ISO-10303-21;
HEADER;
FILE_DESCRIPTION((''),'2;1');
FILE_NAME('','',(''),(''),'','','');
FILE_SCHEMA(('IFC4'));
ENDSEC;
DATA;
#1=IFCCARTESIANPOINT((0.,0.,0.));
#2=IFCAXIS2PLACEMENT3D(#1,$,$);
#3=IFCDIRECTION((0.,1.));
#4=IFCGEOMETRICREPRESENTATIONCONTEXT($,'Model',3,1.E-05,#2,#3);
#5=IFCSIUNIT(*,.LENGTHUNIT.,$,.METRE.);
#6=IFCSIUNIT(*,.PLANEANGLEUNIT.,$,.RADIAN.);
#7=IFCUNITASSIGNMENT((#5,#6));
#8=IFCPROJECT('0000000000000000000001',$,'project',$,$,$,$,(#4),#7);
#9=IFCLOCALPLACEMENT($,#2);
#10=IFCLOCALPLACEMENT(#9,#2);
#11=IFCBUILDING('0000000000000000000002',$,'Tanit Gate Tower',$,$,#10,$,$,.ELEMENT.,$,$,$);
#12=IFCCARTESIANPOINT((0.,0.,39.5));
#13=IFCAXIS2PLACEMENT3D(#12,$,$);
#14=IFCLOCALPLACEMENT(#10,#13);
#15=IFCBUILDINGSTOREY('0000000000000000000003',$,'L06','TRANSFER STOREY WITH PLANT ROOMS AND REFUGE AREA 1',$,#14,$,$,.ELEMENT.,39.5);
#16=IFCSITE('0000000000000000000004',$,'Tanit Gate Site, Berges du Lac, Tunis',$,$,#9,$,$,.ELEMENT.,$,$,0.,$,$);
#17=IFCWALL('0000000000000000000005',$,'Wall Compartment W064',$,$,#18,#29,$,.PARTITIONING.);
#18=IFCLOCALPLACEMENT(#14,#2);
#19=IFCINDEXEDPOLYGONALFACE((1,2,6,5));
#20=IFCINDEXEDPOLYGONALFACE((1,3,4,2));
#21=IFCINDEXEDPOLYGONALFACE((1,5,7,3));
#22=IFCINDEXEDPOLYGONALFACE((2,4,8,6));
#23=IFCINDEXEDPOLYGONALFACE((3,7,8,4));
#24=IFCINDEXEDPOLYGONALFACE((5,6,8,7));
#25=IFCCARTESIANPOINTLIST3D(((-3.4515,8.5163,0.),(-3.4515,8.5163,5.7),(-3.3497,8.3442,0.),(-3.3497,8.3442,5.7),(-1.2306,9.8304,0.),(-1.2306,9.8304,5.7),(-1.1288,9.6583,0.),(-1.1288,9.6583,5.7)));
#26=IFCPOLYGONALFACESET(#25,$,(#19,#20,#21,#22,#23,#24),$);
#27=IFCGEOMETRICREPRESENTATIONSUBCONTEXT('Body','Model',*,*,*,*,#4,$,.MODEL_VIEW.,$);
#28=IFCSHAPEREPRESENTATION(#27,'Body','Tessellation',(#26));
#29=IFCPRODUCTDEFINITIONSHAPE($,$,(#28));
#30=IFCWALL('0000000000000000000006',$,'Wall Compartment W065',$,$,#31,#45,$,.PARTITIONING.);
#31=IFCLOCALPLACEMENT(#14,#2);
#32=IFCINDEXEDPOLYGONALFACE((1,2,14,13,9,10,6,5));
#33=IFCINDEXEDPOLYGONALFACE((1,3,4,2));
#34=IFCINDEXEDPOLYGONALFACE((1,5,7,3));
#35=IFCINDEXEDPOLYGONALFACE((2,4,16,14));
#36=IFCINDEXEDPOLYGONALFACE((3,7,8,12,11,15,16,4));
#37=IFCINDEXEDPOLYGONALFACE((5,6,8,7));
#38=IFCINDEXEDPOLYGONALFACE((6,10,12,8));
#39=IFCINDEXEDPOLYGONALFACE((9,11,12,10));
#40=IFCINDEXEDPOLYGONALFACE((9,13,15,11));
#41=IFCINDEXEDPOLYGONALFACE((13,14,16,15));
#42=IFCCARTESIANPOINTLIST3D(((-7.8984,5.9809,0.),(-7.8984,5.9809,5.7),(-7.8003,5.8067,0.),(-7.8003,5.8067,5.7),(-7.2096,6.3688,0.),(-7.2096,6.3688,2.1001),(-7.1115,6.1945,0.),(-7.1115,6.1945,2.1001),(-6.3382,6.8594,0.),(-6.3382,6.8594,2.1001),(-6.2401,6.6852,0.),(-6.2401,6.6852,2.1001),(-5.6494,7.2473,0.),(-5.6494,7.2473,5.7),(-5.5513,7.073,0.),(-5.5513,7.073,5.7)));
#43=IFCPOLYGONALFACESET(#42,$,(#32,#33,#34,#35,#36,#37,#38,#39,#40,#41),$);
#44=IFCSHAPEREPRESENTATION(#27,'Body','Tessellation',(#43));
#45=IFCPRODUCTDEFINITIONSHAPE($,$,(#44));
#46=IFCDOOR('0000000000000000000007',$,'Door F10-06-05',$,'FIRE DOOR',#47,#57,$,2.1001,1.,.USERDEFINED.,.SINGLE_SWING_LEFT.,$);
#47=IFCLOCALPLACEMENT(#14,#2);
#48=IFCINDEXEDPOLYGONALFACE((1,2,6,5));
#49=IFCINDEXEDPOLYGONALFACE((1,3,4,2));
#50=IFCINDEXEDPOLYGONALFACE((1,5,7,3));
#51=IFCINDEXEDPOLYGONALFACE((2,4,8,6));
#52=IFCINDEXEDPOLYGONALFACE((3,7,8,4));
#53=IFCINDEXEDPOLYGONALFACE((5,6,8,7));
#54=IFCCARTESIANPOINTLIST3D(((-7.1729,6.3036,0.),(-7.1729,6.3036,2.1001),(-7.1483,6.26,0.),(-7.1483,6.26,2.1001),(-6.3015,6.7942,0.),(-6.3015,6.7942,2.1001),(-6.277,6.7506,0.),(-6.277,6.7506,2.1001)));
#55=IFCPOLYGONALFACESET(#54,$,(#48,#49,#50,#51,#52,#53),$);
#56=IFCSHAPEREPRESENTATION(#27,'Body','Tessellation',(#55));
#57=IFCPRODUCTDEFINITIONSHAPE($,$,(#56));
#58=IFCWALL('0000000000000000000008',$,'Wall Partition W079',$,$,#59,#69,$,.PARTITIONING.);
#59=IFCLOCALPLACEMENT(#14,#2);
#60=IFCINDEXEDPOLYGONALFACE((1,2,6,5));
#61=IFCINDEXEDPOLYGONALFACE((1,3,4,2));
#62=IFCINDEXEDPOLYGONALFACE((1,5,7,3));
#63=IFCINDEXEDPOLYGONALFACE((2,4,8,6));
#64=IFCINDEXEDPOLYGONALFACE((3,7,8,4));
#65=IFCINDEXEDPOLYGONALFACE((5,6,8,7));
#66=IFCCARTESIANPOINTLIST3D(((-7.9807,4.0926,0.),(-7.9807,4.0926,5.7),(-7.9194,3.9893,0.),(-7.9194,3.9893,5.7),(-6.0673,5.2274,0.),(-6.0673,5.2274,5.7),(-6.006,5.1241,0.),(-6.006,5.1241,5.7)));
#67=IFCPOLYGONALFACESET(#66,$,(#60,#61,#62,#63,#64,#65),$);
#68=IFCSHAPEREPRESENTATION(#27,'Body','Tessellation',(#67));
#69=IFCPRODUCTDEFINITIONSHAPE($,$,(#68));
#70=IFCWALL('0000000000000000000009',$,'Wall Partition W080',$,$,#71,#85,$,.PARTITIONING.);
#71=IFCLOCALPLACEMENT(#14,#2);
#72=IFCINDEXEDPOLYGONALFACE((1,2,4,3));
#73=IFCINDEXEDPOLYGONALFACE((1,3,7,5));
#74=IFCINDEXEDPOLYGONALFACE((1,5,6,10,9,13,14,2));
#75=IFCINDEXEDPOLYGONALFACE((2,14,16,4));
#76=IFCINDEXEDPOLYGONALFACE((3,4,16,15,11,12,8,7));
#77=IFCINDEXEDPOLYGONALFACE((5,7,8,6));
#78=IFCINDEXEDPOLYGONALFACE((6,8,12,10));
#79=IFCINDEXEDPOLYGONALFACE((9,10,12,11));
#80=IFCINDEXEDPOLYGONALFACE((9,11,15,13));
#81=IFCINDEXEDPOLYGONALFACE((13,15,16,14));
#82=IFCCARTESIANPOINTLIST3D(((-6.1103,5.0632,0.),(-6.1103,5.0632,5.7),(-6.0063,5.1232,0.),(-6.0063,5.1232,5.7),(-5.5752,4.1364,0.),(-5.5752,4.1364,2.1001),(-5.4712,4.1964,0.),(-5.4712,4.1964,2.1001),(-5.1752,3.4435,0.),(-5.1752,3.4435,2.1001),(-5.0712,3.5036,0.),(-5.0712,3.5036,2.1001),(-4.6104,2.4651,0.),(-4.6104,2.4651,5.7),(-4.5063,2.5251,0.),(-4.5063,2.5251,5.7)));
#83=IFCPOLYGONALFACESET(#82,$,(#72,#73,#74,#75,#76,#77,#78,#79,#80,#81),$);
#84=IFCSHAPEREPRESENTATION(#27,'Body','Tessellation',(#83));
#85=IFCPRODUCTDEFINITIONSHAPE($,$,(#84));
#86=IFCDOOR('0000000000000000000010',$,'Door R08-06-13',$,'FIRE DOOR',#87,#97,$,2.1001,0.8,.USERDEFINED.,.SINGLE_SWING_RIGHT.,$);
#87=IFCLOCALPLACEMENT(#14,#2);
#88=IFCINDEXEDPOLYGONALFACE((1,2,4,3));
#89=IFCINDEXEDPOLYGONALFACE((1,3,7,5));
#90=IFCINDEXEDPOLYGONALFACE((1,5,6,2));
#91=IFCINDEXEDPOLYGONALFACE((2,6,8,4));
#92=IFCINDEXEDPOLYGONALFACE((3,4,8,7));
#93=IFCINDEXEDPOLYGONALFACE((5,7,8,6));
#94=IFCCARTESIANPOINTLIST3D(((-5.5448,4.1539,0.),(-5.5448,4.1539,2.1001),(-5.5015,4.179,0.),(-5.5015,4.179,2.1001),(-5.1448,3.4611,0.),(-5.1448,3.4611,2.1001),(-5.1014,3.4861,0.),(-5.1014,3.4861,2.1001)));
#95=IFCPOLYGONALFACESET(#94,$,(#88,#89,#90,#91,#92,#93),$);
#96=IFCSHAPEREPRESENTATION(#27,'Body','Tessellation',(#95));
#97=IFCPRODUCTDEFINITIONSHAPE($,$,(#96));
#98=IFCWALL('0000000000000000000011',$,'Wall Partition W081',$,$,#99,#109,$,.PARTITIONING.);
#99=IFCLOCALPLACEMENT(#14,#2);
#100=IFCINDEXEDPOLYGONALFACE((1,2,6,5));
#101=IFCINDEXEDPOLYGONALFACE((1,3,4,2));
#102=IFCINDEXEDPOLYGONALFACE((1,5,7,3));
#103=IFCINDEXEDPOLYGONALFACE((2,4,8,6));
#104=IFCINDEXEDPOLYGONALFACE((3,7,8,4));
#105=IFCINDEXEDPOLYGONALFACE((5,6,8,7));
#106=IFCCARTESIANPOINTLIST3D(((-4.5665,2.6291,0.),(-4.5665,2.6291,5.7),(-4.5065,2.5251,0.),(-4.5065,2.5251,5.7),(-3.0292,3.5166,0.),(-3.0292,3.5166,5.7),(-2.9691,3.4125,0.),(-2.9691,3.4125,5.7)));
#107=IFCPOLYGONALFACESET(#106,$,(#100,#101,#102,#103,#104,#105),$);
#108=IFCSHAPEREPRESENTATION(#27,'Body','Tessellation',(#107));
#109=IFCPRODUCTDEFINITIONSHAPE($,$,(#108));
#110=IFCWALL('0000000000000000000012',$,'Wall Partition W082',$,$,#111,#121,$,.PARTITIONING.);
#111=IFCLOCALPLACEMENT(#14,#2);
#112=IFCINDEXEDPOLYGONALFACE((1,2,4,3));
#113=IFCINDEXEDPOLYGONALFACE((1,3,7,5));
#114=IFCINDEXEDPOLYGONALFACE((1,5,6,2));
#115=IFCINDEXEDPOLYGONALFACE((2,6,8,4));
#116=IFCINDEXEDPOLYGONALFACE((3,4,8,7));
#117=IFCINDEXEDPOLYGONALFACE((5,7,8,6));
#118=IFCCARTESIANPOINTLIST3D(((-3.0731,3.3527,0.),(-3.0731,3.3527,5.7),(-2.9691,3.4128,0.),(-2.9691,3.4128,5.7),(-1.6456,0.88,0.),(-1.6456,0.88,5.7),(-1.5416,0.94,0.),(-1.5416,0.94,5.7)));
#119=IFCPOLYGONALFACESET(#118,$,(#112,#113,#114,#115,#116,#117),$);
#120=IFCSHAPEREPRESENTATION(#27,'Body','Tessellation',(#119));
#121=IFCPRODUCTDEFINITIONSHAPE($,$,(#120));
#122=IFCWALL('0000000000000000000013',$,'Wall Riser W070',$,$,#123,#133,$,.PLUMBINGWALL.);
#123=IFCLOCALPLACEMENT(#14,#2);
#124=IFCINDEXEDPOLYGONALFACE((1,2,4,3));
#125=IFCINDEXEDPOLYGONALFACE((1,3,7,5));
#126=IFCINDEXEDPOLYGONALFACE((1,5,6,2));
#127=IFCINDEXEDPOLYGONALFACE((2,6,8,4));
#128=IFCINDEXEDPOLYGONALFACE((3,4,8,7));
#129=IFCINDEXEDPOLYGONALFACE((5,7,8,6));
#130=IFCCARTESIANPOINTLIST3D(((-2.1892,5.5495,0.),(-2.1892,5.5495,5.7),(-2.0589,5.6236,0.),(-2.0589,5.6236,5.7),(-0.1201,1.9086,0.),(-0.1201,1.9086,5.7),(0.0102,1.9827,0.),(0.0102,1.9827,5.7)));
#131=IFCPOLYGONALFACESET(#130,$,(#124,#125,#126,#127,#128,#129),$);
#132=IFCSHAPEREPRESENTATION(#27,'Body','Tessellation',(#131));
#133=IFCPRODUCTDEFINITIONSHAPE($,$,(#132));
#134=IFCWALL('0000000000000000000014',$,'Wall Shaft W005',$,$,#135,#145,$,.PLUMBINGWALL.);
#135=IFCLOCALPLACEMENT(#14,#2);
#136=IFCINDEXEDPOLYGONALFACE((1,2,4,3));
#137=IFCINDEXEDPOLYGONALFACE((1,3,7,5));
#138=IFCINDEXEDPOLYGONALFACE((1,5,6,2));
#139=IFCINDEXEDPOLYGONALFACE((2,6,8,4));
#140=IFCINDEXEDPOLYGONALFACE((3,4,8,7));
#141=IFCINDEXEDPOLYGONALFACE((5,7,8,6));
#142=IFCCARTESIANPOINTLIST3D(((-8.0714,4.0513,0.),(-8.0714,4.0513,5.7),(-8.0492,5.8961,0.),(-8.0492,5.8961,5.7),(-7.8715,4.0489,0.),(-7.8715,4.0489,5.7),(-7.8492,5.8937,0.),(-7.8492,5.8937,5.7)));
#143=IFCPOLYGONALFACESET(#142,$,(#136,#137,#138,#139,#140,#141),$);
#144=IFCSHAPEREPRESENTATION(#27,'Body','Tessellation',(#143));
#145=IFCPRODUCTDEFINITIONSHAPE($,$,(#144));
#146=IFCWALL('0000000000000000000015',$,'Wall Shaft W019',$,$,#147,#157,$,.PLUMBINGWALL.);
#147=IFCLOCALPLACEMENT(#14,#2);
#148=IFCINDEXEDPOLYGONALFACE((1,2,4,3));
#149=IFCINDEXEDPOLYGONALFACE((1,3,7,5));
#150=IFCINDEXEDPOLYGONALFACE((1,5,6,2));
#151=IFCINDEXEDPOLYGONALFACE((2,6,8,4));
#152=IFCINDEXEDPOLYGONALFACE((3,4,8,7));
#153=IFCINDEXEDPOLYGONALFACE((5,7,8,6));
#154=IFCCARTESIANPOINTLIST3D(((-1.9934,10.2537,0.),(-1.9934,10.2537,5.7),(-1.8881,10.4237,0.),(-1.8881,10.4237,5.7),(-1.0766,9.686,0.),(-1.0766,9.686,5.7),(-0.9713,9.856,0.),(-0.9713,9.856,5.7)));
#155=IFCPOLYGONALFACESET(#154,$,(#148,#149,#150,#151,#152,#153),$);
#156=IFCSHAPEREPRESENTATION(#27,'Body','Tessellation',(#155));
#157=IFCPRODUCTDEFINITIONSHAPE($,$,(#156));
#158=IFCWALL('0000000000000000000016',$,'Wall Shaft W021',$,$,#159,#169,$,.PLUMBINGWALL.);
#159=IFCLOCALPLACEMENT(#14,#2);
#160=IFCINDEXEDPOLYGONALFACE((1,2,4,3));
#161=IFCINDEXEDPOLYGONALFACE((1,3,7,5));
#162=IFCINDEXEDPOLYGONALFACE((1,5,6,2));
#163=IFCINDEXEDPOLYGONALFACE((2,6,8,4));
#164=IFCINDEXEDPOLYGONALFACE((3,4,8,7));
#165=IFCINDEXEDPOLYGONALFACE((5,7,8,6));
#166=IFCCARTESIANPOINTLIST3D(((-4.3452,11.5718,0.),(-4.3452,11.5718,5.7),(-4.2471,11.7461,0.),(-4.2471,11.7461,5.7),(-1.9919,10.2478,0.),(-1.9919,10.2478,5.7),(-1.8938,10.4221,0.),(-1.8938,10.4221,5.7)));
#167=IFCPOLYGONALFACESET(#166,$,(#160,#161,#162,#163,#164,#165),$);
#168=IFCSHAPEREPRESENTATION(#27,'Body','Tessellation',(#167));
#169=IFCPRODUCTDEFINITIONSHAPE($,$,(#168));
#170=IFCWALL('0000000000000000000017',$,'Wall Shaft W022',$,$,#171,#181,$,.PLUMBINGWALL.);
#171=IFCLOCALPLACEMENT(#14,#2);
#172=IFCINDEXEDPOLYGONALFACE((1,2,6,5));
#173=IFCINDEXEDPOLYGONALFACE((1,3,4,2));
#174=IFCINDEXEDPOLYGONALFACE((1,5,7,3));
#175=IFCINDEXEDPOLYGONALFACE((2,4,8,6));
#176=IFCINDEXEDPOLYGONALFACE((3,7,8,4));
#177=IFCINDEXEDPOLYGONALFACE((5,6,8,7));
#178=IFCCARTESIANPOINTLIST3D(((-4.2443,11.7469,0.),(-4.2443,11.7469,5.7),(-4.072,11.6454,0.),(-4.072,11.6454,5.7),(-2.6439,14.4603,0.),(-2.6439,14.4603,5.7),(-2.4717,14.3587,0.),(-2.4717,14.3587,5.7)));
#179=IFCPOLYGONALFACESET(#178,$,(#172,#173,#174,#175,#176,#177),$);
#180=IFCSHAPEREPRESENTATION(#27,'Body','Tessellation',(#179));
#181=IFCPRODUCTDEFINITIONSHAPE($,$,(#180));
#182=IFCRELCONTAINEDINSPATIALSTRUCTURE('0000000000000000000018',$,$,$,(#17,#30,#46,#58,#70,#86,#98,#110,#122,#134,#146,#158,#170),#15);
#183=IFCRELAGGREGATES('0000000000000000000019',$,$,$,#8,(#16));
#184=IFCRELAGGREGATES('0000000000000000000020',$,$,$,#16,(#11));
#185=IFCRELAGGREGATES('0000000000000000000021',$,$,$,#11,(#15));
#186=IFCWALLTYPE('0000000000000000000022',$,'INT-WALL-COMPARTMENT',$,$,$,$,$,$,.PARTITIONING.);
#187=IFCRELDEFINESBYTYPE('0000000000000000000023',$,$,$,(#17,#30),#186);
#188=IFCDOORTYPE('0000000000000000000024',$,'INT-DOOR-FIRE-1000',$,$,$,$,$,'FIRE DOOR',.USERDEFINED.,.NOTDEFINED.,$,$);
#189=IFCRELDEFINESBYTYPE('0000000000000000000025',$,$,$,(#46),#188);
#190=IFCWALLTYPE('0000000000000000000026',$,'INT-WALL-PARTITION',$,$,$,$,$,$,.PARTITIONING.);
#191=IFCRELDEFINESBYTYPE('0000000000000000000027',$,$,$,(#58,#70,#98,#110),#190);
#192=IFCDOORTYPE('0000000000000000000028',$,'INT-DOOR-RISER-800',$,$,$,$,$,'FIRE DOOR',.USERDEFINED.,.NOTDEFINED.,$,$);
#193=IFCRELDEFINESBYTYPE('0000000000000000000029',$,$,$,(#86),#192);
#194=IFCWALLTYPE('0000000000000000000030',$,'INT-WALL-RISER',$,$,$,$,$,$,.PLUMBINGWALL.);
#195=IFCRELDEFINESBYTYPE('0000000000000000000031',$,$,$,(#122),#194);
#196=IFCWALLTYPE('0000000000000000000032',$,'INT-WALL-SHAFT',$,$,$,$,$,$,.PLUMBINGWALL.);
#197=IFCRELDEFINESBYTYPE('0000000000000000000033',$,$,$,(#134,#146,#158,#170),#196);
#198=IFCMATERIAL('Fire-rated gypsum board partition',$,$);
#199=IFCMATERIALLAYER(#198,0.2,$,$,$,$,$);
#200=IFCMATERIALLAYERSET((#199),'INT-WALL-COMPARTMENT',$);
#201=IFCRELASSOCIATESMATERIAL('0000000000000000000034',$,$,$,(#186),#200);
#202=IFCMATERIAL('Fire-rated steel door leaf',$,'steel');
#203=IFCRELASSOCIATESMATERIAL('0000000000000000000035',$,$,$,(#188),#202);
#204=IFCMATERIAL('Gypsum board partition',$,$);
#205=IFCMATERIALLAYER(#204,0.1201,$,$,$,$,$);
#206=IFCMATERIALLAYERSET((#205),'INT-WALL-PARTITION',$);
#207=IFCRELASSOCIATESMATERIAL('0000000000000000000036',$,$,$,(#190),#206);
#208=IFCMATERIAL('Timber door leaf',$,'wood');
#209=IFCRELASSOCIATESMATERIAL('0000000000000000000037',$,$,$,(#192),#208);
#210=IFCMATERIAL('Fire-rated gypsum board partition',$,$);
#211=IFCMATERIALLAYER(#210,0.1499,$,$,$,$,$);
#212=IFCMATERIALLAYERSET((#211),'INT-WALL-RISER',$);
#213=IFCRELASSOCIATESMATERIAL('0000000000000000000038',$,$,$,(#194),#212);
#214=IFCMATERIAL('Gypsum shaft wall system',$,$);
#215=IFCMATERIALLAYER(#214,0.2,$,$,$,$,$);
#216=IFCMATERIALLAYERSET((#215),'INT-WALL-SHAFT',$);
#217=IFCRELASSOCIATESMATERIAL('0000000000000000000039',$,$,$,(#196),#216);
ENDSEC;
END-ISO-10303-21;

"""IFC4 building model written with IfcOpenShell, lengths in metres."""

from ifc_helpers import new_model, si_unit, direction, frame, frame_2d, origin, place, context, subcontext, project, spatial, rectangle, extrude, material, layer, layer_set, type_object, element, fill, save


model = new_model("IFC4")

# Units and contexts
model_context = context("Model", 3, precision=1e-05, world=origin(), true_north=direction((0.0, 1.0)))
body_context = subcontext(model_context, "Body", "Model", "MODEL_VIEW")
ifc_project = project(units=[si_unit("LENGTHUNIT", "METRE"), si_unit("PLANEANGLEUNIT", "RADIAN")], contexts=[model_context])

# Site, building, storey
site_placement = place(None, origin())
site = spatial("IfcSite", under=ifc_project, at=site_placement, Name="Tanit Gate Site, Berges du Lac, Tunis", CompositionType="ELEMENT", RefElevation=0.0)
building_placement = place(site_placement, origin())
building = spatial("IfcBuilding", under=site, at=building_placement, Name="Tanit Gate Tower", CompositionType="ELEMENT")
storey_placement = place(building_placement, frame((0.0, 0.0, 39.5)))
storey = spatial("IfcBuildingStorey", under=building, at=storey_placement, Name="L06", Description="TRANSFER STOREY WITH PLANT ROOMS AND REFUGE AREA 1", CompositionType="ELEMENT", Elevation=39.5)

# Wall
ifc_material_1 = material(Name="Fire-rated gypsum board partition")
ifc_layer_1 = layer(ifc_material_1, 0.2)
ifc_layer_set_1 = layer_set([ifc_layer_1], Name="INT-WALL-COMPARTMENT")
wall_type_1 = type_object("IfcWallType", Name="INT-WALL-COMPARTMENT", PredefinedType="PARTITIONING", material=ifc_layer_set_1)
wall_1_placement = place(storey_placement, frame((-1.1797, 9.7444, 0.0), z_axis=(0.0, 0.0, 1.0), x_axis=(-0.860616, -0.509255, 0.0)))
element("IfcWall", 1, at=wall_1_placement, inside=storey, type_object=wall_type_1, Name="Wall Compartment W064", PredefinedType="PARTITIONING", context=body_context, shape_type="SweptSolid", body=[
    extrude(rectangle(XDim=2.5806, YDim=0.2, at=frame_2d((1.2903, 0.0))), origin(), (0.0, 0.0, 1.0), 5.7),
])

# Wall, opening, door
wall_2_placement = place(storey_placement, frame((-5.6003, 7.1602, 0.0), z_axis=(0.0, 0.0, 1.0), x_axis=(-0.871363, -0.490638, 0.0)))
wall_2 = element("IfcWall", 2, at=wall_2_placement, inside=storey, type_object=wall_type_1, Name="Wall Compartment W065", PredefinedType="PARTITIONING", context=body_context, shape_type="SweptSolid", body=[
    extrude(rectangle(XDim=2.5811, YDim=0.2, at=frame_2d((1.2905, 0.0))), origin(), (0.0, 0.0, 1.0), 5.7),
])
opening_1_placement = place(wall_2_placement, frame((0.7905, 0.0, 0.0)))
opening_1 = element("IfcOpeningElement", 3, at=opening_1_placement, cuts=wall_2, PredefinedType="OPENING", context=body_context, shape_type="SweptSolid", body=[
    extrude(rectangle(XDim=1.0, YDim=2.1001, at=frame_2d((0.5, 1.05))), frame((0.0, 0.1099, 0.0), z_axis=(0.0, -1.0, 0.0), x_axis=(1.0, 0.0, 0.0)), (0.0, 0.0, 1.0), 0.22),
])
ifc_material_2 = material(Name="Fire-rated steel door leaf", Category="steel")
door_type_1 = type_object("IfcDoorType", Name="INT-DOOR-FIRE-1000", ElementType="FIRE DOOR", OperationType="NOTDEFINED", PredefinedType="USERDEFINED", material=ifc_material_2)
door_1_placement = place(opening_1_placement, origin())
door_1 = element("IfcDoor", 4, at=door_1_placement, inside=storey, type_object=door_type_1, Name="Door F10-06-05", ObjectType="FIRE DOOR", OperationType="SINGLE_SWING_LEFT", OverallHeight=2.1001, OverallWidth=1.0, PredefinedType="USERDEFINED", context=body_context, shape_type="SweptSolid", body=[
    extrude(rectangle(XDim=1.0, YDim=2.1001, at=frame_2d((0.5, 1.05))), frame((0.0, 0.0249, 0.0), z_axis=(0.0, -1.0, 0.0), x_axis=(1.0, 0.0, 0.0)), (0.0, 0.0, 1.0), 0.05),
])
fill(opening_1, door_1)

# Wall
ifc_material_3 = material(Name="Gypsum board partition")
ifc_layer_2 = layer(ifc_material_3, 0.1201)
ifc_layer_set_2 = layer_set([ifc_layer_2], Name="INT-WALL-PARTITION")
wall_type_2 = type_object("IfcWallType", Name="INT-WALL-PARTITION", PredefinedType="PARTITIONING", material=ifc_layer_set_2)
wall_3_placement = place(storey_placement, frame((-6.0366, 5.1758, 0.0), z_axis=(0.0, 0.0, 1.0), x_axis=(-0.860106, -0.510115, 0.0)))
element("IfcWall", 5, at=wall_3_placement, inside=storey, type_object=wall_type_2, Name="Wall Partition W079", PredefinedType="PARTITIONING", context=body_context, shape_type="SweptSolid", body=[
    extrude(rectangle(XDim=2.2246, YDim=0.1201, at=frame_2d((1.1123, 0.0))), origin(), (0.0, 0.0, 1.0), 5.7),
])

# Wall, opening, door
wall_4_placement = place(storey_placement, frame((-4.5583, 2.4951, 0.0), z_axis=(0.0, 0.0, 1.0), x_axis=(-0.49999, 0.866031, 0.0)))
wall_4 = element("IfcWall", 6, at=wall_4_placement, inside=storey, type_object=wall_type_2, Name="Wall Partition W080", PredefinedType="PARTITIONING", context=body_context, shape_type="SweptSolid", body=[
    extrude(rectangle(XDim=3.0, YDim=0.1201, at=frame_2d((1.5, 0.0))), origin(), (0.0, 0.0, 1.0), 5.7),
])
opening_2_placement = place(wall_4_placement, frame((1.1299, 0.0, 0.0)))
opening_2 = element("IfcOpeningElement", 7, at=opening_2_placement, cuts=wall_4, PredefinedType="OPENING", context=body_context, shape_type="SweptSolid", body=[
    extrude(rectangle(XDim=0.8, YDim=2.1001, at=frame_2d((0.3999, 1.05))), frame((0.0, 0.0701, 0.0), z_axis=(0.0, -1.0, 0.0), x_axis=(1.0, 0.0, 0.0)), (0.0, 0.0, 1.0), 0.1401),
])
ifc_material_4 = material(Name="Timber door leaf", Category="wood")
door_type_2 = type_object("IfcDoorType", Name="INT-DOOR-RISER-800", ElementType="FIRE DOOR", OperationType="NOTDEFINED", PredefinedType="USERDEFINED", material=ifc_material_4)
door_2_placement = place(opening_2_placement, origin())
door_2 = element("IfcDoor", 8, at=door_2_placement, inside=storey, type_object=door_type_2, Name="Door R08-06-13", ObjectType="FIRE DOOR", OperationType="SINGLE_SWING_RIGHT", OverallHeight=2.1001, OverallWidth=0.8, PredefinedType="USERDEFINED", context=body_context, shape_type="SweptSolid", body=[
    extrude(rectangle(XDim=0.8, YDim=2.1001, at=frame_2d((0.3999, 1.05))), frame((0.0, 0.0249, 0.0), z_axis=(0.0, -1.0, 0.0), x_axis=(1.0, 0.0, 0.0)), (0.0, 0.0, 1.0), 0.05),
])
fill(opening_2, door_2)

# Walls
wall_5_placement = place(storey_placement, frame((-2.999, 3.4646, 0.0), z_axis=(0.0, 0.0, 1.0), x_axis=(-0.86606, -0.499941, 0.0)))
element("IfcWall", 9, at=wall_5_placement, inside=storey, type_object=wall_type_2, Name="Wall Partition W081", PredefinedType="PARTITIONING", context=body_context, shape_type="SweptSolid", body=[
    extrude(rectangle(XDim=1.7751, YDim=0.1201, at=frame_2d((0.8877, 0.0))), origin(), (0.0, 0.0, 1.0), 5.7),
])
wall_6_placement = place(storey_placement, frame((-1.5935, 0.9099, 0.0), z_axis=(0.0, 0.0, 1.0), x_axis=(-0.499974, 0.86604, 0.0)))
element("IfcWall", 10, at=wall_6_placement, inside=storey, type_object=wall_type_2, Name="Wall Partition W082", PredefinedType="PARTITIONING", context=body_context, shape_type="SweptSolid", body=[
    extrude(rectangle(XDim=2.8552, YDim=0.1201, at=frame_2d((1.4277, 0.0))), origin(), (0.0, 0.0, 1.0), 5.7),
])
ifc_material_5 = material(Name="Fire-rated gypsum board partition")
ifc_layer_3 = layer(ifc_material_5, 0.1499)
ifc_layer_set_3 = layer_set([ifc_layer_3], Name="INT-WALL-RISER")
wall_type_3 = type_object("IfcWallType", Name="INT-WALL-RISER", PredefinedType="PLUMBINGWALL", material=ifc_layer_set_3)
wall_7_placement = place(storey_placement, frame((-2.124, 5.5864, 0.0), z_axis=(0.0, 0.0, 1.0), x_axis=(0.494085, -0.869414, 0.0)))
element("IfcWall", 11, at=wall_7_placement, inside=storey, type_object=wall_type_3, Name="Wall Riser W070", PredefinedType="PLUMBINGWALL", context=body_context, shape_type="SweptSolid", body=[
    extrude(rectangle(XDim=4.1877, YDim=0.1499, at=frame_2d((2.0938, 0.0))), origin(), (0.0, 0.0, 1.0), 5.7),
])
ifc_material_6 = material(Name="Gypsum shaft wall system")
ifc_layer_4 = layer(ifc_material_6, 0.2)
ifc_layer_set_4 = layer_set([ifc_layer_4], Name="INT-WALL-SHAFT")
wall_type_4 = type_object("IfcWallType", Name="INT-WALL-SHAFT", PredefinedType="PLUMBINGWALL", material=ifc_layer_set_4)
wall_8_placement = place(storey_placement, frame((-7.9492, 5.8948, 0.0), z_axis=(0.0, 0.0, 1.0), x_axis=(-0.012043, -0.999927, 0.0)))
element("IfcWall", 12, at=wall_8_placement, inside=storey, type_object=wall_type_4, Name="Wall Shaft W005", PredefinedType="PLUMBINGWALL", context=body_context, shape_type="SweptSolid", body=[
    extrude(rectangle(XDim=1.845, YDim=0.2, at=frame_2d((0.9224, 0.0))), origin(), (0.0, 0.0, 1.0), 5.7),
])
wall_9_placement = place(storey_placement, frame((-1.9407, 10.3386, 0.0), z_axis=(0.0, 0.0, 1.0), x_axis=(0.850217, -0.526433, 0.0)))
element("IfcWall", 13, at=wall_9_placement, inside=storey, type_object=wall_type_4, Name="Wall Shaft W019", PredefinedType="PLUMBINGWALL", context=body_context, shape_type="SweptSolid", body=[
    extrude(rectangle(XDim=1.0784, YDim=0.2, at=frame_2d((0.5391, 0.0))), origin(), (0.0, 0.0, 1.0), 5.7),
])
wall_10_placement = place(storey_placement, frame((-4.2961, 11.6589, 0.0), z_axis=(0.0, 0.0, 1.0), x_axis=(0.871534, -0.490334, 0.0)))
element("IfcWall", 14, at=wall_10_placement, inside=storey, type_object=wall_type_4, Name="Wall Shaft W021", PredefinedType="PLUMBINGWALL", context=body_context, shape_type="SweptSolid", body=[
    extrude(rectangle(XDim=2.7002, YDim=0.2, at=frame_2d((1.3501, 0.0))), origin(), (0.0, 0.0, 1.0), 5.7),
])
wall_11_placement = place(storey_placement, frame((-4.1582, 11.696, 0.0), z_axis=(0.0, 0.0, 1.0), x_axis=(0.508019, 0.861346, 0.0)))
element("IfcWall", 15, at=wall_11_placement, inside=storey, type_object=wall_type_4, Name="Wall Shaft W022", PredefinedType="PLUMBINGWALL", context=body_context, shape_type="SweptSolid", body=[
    extrude(rectangle(XDim=3.1501, YDim=0.2, at=frame_2d((1.5752, 0.0))), origin(), (0.0, 0.0, 1.0), 5.7),
])

save(model, "model.ifc")
